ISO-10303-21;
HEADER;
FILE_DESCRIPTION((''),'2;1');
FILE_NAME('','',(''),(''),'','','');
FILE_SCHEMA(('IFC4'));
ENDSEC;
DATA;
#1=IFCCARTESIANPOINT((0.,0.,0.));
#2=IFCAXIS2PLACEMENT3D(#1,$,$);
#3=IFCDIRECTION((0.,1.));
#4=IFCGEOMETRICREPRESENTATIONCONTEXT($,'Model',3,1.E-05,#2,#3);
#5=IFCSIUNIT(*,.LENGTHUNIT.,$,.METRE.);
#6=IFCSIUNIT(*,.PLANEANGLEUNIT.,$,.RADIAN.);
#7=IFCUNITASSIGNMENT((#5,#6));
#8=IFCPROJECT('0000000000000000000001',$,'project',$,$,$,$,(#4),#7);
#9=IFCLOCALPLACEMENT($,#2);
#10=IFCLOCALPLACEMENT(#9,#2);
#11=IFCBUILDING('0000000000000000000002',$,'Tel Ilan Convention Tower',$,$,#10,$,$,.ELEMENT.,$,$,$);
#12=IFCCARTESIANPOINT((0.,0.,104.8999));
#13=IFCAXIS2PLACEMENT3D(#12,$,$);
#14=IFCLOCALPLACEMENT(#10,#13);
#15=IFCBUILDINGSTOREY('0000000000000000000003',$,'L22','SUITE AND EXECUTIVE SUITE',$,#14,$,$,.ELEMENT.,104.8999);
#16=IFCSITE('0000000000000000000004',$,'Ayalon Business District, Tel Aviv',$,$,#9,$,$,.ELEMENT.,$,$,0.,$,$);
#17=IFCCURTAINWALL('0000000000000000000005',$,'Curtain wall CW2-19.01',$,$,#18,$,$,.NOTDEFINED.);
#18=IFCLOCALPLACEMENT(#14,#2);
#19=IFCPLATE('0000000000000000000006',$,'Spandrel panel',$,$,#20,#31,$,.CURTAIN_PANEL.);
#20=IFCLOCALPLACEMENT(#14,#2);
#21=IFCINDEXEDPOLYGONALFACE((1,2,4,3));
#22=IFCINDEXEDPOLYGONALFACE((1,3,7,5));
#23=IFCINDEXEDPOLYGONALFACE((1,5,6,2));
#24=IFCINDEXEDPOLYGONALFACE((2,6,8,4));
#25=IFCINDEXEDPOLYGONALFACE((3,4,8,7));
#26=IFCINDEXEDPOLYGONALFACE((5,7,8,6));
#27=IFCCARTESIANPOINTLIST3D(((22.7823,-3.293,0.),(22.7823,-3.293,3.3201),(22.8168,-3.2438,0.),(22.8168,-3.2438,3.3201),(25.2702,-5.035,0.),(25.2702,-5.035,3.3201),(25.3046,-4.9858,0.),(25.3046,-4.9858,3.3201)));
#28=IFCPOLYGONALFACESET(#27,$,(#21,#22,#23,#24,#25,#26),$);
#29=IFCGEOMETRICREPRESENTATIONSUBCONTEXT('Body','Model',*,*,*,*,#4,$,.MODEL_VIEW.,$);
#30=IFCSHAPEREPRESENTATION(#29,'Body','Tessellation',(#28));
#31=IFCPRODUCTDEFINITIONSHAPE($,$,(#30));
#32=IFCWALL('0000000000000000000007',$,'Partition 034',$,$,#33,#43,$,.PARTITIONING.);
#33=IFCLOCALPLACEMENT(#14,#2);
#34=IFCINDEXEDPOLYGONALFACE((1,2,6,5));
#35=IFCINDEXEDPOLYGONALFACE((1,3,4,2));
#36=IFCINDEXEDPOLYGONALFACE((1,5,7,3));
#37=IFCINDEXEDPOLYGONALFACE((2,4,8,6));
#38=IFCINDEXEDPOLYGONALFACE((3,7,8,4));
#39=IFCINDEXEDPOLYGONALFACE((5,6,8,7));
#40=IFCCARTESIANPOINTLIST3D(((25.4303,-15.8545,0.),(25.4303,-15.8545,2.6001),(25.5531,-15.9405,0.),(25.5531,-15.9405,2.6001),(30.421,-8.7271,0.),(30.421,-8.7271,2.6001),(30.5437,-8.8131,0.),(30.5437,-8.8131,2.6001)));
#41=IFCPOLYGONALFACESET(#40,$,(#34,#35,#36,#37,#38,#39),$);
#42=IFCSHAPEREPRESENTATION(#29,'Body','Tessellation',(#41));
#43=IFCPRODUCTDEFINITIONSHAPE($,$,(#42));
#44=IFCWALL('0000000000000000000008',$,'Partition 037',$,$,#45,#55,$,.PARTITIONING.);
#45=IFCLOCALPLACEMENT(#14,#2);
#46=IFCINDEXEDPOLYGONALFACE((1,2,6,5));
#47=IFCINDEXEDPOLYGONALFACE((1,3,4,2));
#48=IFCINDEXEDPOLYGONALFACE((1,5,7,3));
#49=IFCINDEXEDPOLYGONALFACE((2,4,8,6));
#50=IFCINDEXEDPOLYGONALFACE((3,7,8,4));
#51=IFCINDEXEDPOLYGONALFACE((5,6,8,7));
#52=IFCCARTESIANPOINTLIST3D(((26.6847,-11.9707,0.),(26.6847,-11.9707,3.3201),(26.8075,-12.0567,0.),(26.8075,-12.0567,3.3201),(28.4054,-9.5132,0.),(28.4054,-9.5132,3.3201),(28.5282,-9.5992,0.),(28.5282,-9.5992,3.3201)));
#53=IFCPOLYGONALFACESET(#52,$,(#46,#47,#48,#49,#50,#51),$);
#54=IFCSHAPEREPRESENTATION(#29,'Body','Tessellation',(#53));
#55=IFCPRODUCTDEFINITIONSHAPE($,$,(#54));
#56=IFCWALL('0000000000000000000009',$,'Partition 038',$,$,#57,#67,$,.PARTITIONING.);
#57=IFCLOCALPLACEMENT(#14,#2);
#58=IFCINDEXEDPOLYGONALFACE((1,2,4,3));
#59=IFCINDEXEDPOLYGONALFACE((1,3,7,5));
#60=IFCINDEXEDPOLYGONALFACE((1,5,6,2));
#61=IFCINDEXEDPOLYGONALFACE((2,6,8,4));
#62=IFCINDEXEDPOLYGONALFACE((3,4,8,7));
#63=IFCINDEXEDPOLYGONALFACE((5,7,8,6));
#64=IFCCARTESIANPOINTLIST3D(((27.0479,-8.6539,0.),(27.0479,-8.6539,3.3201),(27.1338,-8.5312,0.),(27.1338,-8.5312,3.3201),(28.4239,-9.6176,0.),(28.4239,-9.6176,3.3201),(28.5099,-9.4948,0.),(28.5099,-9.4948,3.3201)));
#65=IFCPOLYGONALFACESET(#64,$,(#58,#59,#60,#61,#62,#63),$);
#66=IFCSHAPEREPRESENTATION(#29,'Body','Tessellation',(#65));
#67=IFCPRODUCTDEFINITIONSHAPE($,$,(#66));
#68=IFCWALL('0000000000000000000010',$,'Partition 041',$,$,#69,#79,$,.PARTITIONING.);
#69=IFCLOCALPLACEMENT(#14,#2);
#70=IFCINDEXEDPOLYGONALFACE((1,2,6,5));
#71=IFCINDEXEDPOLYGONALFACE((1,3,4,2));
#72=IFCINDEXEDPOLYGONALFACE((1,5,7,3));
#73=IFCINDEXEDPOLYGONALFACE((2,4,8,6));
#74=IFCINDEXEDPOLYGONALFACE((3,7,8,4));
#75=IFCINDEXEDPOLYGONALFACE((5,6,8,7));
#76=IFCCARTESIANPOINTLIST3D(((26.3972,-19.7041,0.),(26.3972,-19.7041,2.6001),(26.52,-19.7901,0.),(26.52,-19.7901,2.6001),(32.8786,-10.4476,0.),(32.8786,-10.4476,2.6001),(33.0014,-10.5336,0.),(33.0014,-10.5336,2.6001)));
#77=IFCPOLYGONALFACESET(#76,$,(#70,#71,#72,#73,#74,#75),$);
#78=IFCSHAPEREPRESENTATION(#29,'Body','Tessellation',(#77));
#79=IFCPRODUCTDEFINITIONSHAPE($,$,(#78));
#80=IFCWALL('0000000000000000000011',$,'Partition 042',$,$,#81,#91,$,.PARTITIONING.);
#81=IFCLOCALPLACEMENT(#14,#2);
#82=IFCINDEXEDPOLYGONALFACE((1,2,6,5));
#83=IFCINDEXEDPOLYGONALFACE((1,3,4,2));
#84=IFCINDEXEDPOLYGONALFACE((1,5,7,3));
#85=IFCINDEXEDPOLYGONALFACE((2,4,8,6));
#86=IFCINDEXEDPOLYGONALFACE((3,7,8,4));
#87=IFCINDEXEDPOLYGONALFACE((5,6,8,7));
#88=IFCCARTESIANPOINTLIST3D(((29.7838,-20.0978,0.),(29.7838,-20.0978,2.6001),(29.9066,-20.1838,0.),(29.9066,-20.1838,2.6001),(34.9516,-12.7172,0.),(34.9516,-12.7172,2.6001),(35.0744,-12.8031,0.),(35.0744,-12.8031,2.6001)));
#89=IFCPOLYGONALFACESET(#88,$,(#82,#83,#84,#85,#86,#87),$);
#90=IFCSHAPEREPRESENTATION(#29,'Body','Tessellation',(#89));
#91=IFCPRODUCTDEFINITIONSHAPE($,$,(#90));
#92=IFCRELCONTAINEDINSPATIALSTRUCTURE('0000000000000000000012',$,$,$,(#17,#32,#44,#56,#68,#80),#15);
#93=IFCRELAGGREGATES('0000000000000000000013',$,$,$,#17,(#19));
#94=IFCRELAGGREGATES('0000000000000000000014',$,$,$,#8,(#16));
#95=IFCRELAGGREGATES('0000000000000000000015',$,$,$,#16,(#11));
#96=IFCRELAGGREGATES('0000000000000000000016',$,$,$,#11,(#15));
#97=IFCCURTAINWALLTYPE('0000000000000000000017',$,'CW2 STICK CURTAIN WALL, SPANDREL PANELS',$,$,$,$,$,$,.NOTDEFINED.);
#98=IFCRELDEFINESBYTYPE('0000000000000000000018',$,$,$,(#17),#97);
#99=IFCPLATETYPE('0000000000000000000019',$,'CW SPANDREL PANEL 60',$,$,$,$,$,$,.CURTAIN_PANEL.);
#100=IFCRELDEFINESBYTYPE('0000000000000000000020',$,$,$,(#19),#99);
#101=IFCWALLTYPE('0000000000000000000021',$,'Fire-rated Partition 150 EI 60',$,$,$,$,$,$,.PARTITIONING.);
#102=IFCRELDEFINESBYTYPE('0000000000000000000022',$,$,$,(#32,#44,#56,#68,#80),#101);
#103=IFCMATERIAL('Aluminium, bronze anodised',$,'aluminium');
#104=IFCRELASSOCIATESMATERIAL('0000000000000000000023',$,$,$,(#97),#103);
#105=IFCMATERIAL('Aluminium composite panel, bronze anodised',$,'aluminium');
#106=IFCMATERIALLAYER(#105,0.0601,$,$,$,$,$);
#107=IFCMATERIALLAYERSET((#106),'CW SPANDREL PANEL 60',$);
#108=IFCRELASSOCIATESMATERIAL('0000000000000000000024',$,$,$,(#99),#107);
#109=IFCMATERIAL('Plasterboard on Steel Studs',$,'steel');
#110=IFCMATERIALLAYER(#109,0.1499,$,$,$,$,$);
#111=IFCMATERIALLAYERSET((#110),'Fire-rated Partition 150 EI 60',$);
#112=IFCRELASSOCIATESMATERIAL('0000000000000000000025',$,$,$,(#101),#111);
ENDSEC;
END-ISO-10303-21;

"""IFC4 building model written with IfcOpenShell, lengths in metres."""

from ifc_helpers import new_model, si_unit, direction, frame, frame_2d, origin, origin_2d, place, context, subcontext, project, spatial, rectangle, extrude, material, layer, layer_set, type_object, element, aggregate, save


model = new_model("IFC4")

# Units and contexts
model_context = context("Model", 3, precision=1e-05, world=origin(), true_north=direction((0.0, 1.0)))
body_context = subcontext(model_context, "Body", "Model", "MODEL_VIEW")
ifc_project = project(units=[si_unit("LENGTHUNIT", "METRE"), si_unit("PLANEANGLEUNIT", "RADIAN")], contexts=[model_context])

# Site, building, storey
site_placement = place(None, origin())
site = spatial("IfcSite", under=ifc_project, at=site_placement, Name="Ayalon Business District, Tel Aviv", CompositionType="ELEMENT", RefElevation=0.0)
building_placement = place(site_placement, origin())
building = spatial("IfcBuilding", under=site, at=building_placement, Name="Tel Ilan Convention Tower", CompositionType="ELEMENT")
storey_placement = place(building_placement, frame((0.0, 0.0, 104.8999)))
storey = spatial("IfcBuildingStorey", under=building, at=storey_placement, Name="L22", Description="SUITE AND EXECUTIVE SUITE", CompositionType="ELEMENT", Elevation=104.8999)

# Curtain wall
ifc_material_1 = material(Name="Aluminium, bronze anodised", Category="aluminium")
curtain_wall_type_1 = type_object("IfcCurtainWallType", Name="CW2 STICK CURTAIN WALL, SPANDREL PANELS", PredefinedType="NOTDEFINED", material=ifc_material_1)
curtain_wall_1_placement = place(storey_placement, origin())
curtain_wall_1 = element("IfcCurtainWall", 1, at=curtain_wall_1_placement, inside=storey, type_object=curtain_wall_type_1, Name="Curtain wall CW2-19.01", PredefinedType="NOTDEFINED")

# Plate
ifc_material_2 = material(Name="Aluminium composite panel, bronze anodised", Category="aluminium")
ifc_layer_1 = layer(ifc_material_2, 0.0601)
ifc_layer_set_1 = layer_set([ifc_layer_1], Name="CW SPANDREL PANEL 60")
plate_type_1 = type_object("IfcPlateType", Name="CW SPANDREL PANEL 60", PredefinedType="CURTAIN_PANEL", material=ifc_layer_set_1)
plate_1_placement = place(storey_placement, frame((24.0435, -4.1394, 0.0), z_axis=(0.0, 0.0, 1.0), x_axis=(-0.819152, 0.573576, 0.0)))
plate_1 = element("IfcPlate", 2, at=plate_1_placement, type_object=plate_type_1, Name="Spandrel panel", PredefinedType="CURTAIN_PANEL", context=body_context, shape_type="SweptSolid", body=[
    extrude(rectangle(XDim=3.0371, YDim=0.0601, at=origin_2d()), origin(), (0.0, 0.0, 1.0), 3.3201),
])
aggregate(curtain_wall_1, [plate_1])

# Walls
ifc_material_3 = material(Name="Plasterboard on Steel Studs", Category="steel")
ifc_layer_2 = layer(ifc_material_3, 0.1499)
ifc_layer_set_2 = layer_set([ifc_layer_2], Name="Fire-rated Partition 150 EI 60")
wall_type = type_object("IfcWallType", Name="Fire-rated Partition 150 EI 60", PredefinedType="PARTITIONING", material=ifc_layer_set_2)
wall_1_placement = place(storey_placement, frame((30.4824, -8.77, 0.0), z_axis=(0.0, 0.0, 1.0), x_axis=(-0.573579, -0.81915, 0.0)))
element("IfcWall", 3, at=wall_1_placement, inside=storey, type_object=wall_type, Name="Partition 034", PredefinedType="PARTITIONING", context=body_context, shape_type="SweptSolid", body=[
    extrude(rectangle(XDim=8.7009, YDim=0.1499, at=frame_2d((4.3506, 0.0))), origin(), (0.0, 0.0, 1.0), 2.6001),
])
wall_2_placement = place(storey_placement, frame((26.7461, -12.0137, 0.0), z_axis=(0.0, 0.0, 1.0), x_axis=(0.573561, 0.819163, 0.0)))
element("IfcWall", 4, at=wall_2_placement, inside=storey, type_object=wall_type, Name="Partition 037", PredefinedType="PARTITIONING", context=body_context, shape_type="SweptSolid", body=[
    extrude(rectangle(XDim=3.0, YDim=0.1499, at=frame_2d((1.5, 0.0))), origin(), (0.0, 0.0, 1.0), 3.3201),
])
wall_3_placement = place(storey_placement, frame((28.4668, -9.5562, 0.0), z_axis=(0.0, 0.0, 1.0), x_axis=(-0.819109, 0.573638, 0.0)))
element("IfcWall", 5, at=wall_3_placement, inside=storey, type_object=wall_type, Name="Partition 038", PredefinedType="PARTITIONING", context=body_context, shape_type="SweptSolid", body=[
    extrude(rectangle(XDim=1.6799, YDim=0.1499, at=frame_2d((0.8398, 0.0))), origin(), (0.0, 0.0, 1.0), 3.3201),
])
wall_4_placement = place(storey_placement, frame((32.9399, -10.4907, 0.0), z_axis=(0.0, 0.0, 1.0), x_axis=(-0.573571, -0.819156, 0.0)))
element("IfcWall", 6, at=wall_4_placement, inside=storey, type_object=wall_type, Name="Partition 041", PredefinedType="PARTITIONING", context=body_context, shape_type="SweptSolid", body=[
    extrude(rectangle(XDim=11.3, YDim=0.1499, at=frame_2d((5.6499, 0.0))), origin(), (0.0, 0.0, 1.0), 2.6001),
])
wall_5_placement = place(storey_placement, frame((35.0129, -12.7603, 0.0), z_axis=(0.0, 0.0, 1.0), x_axis=(-0.573559, -0.819164, 0.0)))
element("IfcWall", 7, at=wall_5_placement, inside=storey, type_object=wall_type, Name="Partition 042", PredefinedType="PARTITIONING", context=body_context, shape_type="SweptSolid", body=[
    extrude(rectangle(XDim=9.01, YDim=0.1499, at=frame_2d((4.5049, 0.0))), origin(), (0.0, 0.0, 1.0), 2.6001),
])

save(model, "model.ifc")
